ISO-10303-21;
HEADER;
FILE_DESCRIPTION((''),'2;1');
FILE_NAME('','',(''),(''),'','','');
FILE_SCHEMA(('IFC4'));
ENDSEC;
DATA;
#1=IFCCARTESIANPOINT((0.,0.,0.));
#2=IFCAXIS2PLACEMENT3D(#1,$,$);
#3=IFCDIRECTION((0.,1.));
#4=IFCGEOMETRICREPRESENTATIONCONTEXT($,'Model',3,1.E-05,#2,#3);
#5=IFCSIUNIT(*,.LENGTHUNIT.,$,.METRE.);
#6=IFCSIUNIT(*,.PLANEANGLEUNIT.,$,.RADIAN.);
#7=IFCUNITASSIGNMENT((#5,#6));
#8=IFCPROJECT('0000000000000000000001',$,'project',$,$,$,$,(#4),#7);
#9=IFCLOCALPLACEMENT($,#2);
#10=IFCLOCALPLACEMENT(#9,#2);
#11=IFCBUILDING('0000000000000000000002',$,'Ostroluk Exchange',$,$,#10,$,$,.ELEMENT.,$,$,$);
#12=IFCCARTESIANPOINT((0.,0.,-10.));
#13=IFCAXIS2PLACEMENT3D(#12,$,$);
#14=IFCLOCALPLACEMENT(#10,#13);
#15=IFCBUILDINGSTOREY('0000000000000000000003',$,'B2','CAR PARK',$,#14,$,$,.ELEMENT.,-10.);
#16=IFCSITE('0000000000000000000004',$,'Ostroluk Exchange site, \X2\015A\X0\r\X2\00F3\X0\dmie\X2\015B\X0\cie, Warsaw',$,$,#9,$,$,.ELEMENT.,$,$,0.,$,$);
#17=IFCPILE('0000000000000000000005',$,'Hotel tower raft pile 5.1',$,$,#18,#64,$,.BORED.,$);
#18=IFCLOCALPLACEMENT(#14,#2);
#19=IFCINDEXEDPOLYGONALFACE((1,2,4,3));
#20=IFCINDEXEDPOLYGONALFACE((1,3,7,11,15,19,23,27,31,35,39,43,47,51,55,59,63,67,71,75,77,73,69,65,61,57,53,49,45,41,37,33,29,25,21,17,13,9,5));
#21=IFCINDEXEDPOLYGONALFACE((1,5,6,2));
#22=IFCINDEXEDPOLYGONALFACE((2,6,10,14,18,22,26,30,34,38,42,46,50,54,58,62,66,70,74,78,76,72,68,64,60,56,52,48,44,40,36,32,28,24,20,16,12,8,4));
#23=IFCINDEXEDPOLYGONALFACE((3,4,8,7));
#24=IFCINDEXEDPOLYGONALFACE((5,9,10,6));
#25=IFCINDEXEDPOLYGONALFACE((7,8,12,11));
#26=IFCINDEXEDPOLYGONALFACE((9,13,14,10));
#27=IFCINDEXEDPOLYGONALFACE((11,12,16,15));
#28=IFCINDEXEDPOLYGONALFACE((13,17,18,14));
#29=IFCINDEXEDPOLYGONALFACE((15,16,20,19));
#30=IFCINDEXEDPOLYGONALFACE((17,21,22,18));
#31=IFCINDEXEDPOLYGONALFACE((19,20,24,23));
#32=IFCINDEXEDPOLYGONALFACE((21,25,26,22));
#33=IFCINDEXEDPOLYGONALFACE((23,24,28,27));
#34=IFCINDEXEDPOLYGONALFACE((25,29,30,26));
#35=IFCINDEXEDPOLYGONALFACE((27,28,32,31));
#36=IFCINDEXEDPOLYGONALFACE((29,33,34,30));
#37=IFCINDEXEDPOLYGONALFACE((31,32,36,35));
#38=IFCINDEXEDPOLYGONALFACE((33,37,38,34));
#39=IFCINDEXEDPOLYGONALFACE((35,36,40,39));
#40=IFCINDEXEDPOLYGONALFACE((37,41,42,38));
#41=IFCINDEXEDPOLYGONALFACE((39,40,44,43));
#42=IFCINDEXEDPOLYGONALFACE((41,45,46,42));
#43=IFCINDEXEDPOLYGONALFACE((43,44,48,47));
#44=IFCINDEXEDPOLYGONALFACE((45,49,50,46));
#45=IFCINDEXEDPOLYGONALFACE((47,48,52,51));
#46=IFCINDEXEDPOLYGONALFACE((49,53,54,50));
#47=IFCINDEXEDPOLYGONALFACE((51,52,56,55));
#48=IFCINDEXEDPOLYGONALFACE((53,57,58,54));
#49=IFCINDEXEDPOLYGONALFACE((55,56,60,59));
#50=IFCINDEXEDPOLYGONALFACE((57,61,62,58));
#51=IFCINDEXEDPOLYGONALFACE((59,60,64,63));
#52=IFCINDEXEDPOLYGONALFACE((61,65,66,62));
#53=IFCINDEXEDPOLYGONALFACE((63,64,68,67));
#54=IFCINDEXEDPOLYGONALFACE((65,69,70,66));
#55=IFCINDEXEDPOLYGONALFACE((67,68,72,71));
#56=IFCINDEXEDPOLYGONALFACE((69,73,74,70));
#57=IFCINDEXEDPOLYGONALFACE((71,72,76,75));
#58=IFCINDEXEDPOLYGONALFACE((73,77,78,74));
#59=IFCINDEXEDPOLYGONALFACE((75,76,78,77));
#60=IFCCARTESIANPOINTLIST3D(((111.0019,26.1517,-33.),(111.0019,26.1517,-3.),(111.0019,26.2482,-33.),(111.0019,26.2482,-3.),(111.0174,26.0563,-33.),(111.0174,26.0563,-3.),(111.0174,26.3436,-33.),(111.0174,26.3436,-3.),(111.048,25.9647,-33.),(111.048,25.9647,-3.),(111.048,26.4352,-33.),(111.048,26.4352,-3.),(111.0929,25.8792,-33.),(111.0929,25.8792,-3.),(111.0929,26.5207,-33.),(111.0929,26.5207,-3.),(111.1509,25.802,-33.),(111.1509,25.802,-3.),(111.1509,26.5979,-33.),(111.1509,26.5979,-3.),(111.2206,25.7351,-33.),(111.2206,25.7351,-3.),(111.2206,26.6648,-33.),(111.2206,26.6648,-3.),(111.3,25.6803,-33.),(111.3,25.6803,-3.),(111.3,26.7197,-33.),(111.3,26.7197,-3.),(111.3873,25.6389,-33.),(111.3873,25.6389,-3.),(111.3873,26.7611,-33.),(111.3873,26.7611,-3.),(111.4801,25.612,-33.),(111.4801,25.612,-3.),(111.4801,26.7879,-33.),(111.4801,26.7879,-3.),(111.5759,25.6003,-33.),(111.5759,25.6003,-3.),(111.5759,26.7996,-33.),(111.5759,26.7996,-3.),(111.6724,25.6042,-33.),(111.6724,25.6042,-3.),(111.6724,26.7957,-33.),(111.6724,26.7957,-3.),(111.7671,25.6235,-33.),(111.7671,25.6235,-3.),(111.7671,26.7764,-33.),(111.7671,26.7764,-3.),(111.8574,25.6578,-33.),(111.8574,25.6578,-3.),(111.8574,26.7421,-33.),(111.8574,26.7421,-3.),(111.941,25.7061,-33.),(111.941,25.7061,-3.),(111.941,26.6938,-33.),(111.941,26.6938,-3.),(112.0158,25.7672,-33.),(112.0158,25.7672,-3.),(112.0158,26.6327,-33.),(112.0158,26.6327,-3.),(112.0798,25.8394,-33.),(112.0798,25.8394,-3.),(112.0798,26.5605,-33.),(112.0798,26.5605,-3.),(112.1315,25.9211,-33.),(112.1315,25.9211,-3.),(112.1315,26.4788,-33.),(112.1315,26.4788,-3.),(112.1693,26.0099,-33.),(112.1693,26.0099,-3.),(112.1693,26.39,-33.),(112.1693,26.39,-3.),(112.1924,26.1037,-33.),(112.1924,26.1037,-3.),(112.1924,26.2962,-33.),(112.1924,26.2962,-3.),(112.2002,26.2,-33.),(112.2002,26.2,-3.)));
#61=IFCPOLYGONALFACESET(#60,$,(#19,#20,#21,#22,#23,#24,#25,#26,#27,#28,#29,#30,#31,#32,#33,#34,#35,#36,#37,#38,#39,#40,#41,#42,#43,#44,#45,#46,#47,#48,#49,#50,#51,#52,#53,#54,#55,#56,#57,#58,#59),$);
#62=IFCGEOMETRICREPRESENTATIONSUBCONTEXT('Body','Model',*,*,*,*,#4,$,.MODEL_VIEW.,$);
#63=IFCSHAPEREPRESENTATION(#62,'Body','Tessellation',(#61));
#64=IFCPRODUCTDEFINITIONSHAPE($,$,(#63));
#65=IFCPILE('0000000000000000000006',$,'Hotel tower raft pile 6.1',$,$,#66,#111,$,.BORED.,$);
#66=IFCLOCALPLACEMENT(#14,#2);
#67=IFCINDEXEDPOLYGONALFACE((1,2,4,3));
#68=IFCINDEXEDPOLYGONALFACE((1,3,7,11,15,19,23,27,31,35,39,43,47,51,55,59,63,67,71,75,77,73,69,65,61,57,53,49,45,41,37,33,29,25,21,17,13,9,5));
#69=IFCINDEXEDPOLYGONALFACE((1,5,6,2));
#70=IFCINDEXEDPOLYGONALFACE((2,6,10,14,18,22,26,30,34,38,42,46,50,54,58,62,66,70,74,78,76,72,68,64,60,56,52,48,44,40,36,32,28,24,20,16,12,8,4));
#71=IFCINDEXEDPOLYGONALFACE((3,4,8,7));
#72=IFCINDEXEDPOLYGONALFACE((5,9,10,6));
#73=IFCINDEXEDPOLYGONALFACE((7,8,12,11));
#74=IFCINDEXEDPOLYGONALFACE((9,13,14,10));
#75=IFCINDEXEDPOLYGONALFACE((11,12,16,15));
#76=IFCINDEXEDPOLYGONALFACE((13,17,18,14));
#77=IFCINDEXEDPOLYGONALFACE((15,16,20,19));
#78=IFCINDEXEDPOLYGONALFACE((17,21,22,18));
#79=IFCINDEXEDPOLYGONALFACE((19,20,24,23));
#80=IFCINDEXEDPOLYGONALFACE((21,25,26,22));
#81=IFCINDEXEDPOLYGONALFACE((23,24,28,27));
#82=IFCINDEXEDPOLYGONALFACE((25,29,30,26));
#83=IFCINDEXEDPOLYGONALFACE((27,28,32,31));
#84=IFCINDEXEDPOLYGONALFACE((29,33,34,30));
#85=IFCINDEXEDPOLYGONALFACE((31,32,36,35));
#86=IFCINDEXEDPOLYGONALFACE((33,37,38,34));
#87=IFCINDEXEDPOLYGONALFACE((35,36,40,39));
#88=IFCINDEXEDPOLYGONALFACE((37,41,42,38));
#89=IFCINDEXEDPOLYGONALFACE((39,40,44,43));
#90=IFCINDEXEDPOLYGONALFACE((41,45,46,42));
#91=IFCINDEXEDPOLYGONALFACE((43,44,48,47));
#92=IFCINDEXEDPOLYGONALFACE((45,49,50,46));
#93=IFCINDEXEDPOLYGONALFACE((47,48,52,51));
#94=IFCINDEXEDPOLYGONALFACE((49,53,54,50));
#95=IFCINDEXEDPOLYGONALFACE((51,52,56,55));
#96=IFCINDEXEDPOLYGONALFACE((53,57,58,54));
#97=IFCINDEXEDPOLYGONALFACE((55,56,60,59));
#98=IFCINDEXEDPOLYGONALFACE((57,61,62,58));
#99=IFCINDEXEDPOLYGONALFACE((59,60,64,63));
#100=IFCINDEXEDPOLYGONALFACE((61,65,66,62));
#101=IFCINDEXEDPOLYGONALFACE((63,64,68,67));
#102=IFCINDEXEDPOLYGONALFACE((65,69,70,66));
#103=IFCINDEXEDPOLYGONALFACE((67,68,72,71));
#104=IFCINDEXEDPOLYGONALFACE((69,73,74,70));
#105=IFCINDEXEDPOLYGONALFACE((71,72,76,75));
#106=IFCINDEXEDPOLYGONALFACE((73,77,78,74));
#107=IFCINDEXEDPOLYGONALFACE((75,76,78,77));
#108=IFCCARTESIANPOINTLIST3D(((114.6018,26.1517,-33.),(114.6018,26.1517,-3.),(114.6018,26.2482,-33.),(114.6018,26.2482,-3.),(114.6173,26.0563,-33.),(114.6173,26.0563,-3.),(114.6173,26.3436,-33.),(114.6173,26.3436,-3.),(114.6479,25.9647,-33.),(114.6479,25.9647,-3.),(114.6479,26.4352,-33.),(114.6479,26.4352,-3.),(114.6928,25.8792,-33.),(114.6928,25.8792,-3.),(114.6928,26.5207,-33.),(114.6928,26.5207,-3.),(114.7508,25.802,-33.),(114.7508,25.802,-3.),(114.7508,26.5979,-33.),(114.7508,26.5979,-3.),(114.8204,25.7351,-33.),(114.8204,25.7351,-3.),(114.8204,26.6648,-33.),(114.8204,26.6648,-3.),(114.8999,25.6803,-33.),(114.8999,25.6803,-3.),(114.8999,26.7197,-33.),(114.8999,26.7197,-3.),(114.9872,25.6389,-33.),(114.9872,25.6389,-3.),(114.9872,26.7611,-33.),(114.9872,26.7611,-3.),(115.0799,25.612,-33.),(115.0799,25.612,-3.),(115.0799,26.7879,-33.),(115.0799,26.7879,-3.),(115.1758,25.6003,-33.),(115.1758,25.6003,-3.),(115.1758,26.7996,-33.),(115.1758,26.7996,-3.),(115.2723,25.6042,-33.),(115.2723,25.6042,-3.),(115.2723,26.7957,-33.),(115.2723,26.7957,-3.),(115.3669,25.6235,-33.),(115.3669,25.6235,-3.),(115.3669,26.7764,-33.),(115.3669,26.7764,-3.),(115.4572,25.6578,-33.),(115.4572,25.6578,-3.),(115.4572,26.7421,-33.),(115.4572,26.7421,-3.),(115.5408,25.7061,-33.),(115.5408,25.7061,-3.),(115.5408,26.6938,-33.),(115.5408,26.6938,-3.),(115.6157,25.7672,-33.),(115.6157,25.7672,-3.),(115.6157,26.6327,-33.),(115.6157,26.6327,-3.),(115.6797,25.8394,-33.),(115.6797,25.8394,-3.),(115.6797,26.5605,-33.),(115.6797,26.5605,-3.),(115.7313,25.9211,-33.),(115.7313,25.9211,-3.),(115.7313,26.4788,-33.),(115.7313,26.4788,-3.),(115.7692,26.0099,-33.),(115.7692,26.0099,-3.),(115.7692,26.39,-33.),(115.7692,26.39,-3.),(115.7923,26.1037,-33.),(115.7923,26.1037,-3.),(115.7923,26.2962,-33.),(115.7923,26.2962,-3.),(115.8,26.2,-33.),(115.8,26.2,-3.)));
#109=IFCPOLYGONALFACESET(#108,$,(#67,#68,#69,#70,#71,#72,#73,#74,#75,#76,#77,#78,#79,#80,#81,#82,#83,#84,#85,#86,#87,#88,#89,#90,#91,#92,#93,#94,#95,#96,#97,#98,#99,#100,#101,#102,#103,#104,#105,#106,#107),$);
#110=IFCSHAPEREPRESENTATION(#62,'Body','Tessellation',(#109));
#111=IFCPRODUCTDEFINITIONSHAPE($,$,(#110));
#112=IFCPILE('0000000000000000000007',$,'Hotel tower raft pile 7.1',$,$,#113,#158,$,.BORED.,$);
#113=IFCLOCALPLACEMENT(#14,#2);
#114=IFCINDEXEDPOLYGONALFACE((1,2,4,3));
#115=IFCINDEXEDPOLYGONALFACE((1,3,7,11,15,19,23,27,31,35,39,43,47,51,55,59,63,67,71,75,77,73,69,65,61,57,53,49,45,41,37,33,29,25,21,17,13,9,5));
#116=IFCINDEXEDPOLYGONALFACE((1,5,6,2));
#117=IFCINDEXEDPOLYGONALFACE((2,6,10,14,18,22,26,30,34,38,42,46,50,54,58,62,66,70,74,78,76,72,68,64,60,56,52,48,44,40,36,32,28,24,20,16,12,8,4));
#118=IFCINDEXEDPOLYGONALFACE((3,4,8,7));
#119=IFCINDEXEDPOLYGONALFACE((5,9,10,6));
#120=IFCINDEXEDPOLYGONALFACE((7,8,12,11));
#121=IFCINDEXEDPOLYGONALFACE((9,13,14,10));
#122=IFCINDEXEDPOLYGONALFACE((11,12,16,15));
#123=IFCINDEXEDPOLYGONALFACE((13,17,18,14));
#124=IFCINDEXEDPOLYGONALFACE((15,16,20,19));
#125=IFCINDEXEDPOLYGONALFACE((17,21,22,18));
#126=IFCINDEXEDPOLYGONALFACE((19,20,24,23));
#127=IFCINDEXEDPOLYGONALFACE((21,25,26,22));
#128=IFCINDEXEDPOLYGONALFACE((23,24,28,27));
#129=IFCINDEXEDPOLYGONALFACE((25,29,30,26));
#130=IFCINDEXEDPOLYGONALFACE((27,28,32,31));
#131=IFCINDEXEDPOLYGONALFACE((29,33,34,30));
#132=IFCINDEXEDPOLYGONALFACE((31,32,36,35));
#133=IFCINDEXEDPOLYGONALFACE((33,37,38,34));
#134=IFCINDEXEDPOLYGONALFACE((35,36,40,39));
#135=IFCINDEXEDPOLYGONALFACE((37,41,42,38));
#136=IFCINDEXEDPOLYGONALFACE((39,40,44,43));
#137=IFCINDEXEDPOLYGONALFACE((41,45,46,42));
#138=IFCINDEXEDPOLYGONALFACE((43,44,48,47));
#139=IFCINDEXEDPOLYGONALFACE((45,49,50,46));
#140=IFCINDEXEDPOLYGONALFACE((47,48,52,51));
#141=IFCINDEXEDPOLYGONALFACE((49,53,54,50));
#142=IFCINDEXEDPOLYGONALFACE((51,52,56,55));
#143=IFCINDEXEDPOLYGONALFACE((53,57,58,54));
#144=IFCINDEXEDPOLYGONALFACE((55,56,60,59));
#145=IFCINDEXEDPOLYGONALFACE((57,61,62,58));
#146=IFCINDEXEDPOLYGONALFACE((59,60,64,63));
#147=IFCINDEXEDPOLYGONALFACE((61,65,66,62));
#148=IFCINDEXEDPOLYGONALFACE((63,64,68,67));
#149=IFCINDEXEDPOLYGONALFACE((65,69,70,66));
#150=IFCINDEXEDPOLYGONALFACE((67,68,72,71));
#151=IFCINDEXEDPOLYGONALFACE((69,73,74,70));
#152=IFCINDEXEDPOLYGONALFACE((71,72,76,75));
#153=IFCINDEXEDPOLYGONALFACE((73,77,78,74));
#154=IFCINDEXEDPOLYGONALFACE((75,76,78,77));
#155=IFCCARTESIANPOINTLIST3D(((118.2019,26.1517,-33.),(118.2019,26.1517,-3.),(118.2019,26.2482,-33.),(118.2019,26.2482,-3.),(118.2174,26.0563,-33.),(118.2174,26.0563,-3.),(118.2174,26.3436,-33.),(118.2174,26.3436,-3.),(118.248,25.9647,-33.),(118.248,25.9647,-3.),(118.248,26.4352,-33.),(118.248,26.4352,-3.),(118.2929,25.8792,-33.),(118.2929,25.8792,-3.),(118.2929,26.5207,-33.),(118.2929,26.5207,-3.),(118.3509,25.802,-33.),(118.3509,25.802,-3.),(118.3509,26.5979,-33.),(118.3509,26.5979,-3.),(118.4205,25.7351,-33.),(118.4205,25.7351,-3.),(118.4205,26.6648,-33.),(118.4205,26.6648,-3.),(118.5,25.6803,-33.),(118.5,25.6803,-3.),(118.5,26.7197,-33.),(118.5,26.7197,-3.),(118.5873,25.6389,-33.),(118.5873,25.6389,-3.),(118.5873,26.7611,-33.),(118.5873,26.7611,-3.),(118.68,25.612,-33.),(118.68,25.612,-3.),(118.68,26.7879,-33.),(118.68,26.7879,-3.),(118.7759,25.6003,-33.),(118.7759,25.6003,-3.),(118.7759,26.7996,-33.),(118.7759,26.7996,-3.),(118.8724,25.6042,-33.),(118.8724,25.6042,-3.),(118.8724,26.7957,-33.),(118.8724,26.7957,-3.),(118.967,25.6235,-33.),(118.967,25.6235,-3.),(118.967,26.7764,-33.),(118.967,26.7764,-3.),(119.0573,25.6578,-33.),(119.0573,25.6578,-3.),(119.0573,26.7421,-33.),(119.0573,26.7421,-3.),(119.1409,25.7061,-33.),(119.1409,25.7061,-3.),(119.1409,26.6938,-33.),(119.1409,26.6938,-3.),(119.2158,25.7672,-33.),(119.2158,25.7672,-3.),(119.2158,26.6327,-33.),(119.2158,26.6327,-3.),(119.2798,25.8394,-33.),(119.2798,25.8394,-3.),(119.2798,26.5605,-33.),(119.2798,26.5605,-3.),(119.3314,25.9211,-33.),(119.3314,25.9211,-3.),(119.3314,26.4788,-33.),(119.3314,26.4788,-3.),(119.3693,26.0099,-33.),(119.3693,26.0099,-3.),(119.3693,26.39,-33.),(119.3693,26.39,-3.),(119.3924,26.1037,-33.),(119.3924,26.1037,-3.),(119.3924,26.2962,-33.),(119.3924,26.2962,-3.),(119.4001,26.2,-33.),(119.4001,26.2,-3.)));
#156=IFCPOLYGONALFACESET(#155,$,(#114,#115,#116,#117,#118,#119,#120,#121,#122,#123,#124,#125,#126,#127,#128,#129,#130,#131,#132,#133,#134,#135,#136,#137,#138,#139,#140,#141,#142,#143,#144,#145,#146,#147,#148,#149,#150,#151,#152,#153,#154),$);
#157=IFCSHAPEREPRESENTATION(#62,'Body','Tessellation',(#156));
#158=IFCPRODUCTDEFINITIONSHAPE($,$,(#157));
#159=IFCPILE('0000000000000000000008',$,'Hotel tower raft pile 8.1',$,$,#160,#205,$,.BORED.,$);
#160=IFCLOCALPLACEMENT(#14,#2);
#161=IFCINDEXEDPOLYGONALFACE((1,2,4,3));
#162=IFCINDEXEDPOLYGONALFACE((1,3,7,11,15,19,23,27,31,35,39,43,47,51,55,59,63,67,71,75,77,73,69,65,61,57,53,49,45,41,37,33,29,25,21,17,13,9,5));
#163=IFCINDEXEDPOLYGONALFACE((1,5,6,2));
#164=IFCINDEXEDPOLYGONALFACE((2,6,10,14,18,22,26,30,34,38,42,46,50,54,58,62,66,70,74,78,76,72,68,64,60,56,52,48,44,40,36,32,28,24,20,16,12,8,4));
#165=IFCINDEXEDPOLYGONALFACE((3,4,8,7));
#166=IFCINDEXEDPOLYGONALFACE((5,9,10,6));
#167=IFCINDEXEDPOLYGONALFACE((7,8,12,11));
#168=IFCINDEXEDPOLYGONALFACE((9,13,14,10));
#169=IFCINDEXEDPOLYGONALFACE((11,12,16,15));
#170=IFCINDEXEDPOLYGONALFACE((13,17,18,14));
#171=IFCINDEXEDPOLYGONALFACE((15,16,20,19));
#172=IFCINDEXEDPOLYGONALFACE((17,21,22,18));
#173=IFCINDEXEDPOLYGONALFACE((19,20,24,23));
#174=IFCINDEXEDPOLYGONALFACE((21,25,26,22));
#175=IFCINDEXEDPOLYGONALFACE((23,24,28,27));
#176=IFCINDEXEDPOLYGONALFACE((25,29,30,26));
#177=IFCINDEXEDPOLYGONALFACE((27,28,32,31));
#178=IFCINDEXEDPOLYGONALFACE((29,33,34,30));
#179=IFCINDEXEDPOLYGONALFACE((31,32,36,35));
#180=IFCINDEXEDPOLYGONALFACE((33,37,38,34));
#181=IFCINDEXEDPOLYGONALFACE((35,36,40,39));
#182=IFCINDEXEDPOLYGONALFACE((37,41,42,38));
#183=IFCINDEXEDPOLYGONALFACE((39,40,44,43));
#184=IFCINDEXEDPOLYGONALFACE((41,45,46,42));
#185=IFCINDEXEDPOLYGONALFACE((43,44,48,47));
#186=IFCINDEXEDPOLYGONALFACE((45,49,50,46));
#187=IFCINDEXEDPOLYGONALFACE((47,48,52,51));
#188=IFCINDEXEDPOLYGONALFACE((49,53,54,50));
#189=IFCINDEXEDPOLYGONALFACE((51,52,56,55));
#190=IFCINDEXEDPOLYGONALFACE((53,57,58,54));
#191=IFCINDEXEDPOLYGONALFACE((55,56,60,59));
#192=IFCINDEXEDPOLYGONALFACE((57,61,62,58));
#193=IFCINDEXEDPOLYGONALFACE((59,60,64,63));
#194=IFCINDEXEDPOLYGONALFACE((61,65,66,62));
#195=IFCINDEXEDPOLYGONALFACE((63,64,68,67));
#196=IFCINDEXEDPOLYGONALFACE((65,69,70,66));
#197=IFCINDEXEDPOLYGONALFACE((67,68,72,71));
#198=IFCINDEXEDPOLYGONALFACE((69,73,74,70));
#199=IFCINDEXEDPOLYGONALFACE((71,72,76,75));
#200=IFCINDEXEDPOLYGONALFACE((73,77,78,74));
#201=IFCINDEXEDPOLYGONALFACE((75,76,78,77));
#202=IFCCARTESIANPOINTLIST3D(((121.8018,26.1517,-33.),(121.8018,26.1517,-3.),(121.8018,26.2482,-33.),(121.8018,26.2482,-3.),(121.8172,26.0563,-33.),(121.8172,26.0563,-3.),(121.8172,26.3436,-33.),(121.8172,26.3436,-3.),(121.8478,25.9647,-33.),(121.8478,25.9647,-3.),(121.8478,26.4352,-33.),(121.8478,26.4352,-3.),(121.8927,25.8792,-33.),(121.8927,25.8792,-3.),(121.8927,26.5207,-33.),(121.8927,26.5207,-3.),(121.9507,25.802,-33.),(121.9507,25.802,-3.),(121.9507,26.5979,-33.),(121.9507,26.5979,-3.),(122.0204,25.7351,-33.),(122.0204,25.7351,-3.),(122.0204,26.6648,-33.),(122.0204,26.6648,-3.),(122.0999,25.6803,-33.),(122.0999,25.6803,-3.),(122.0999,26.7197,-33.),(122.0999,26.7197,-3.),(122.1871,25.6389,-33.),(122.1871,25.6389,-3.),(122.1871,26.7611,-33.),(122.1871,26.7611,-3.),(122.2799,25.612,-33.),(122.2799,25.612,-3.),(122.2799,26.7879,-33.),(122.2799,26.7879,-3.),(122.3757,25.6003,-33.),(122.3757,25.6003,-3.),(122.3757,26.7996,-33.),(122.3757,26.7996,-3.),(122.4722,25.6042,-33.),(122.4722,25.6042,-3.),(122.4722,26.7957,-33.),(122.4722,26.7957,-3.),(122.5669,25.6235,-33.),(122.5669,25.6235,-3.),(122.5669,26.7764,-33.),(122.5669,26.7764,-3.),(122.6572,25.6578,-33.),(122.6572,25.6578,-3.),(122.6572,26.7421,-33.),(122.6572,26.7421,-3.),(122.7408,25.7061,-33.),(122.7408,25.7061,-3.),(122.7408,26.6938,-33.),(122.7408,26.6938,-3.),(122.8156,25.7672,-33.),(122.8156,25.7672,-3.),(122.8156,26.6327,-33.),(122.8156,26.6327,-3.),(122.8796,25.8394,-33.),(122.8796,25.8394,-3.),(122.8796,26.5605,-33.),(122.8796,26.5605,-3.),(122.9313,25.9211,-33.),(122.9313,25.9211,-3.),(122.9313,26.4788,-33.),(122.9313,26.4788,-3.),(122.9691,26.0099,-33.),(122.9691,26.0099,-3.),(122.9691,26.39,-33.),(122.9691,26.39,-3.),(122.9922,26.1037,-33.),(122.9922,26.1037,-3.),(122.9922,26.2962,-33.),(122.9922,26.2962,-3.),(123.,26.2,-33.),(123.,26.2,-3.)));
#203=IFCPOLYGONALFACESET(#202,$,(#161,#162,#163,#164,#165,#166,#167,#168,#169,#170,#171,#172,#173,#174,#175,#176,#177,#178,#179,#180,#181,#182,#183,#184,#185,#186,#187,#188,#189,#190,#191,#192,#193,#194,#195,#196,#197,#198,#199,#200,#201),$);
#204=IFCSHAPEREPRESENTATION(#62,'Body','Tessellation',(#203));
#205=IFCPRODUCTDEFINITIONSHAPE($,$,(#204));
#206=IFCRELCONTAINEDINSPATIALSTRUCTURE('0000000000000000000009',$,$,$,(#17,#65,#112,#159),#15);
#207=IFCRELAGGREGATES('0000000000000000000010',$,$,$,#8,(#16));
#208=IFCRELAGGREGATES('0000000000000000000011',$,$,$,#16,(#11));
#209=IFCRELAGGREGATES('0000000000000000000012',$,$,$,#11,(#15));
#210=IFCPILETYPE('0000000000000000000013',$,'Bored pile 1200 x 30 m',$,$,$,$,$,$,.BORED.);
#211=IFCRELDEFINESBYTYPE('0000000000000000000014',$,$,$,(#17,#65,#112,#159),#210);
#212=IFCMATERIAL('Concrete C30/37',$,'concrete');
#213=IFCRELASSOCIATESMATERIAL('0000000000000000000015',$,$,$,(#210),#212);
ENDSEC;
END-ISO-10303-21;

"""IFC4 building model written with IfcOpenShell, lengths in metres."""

from ifc_helpers import new_model, si_unit, direction, frame, origin, origin_2d, place, context, subcontext, project, spatial, circle, extrude, material, type_object, element, save


model = new_model("IFC4")

# Units and contexts
model_context = context("Model", 3, precision=1e-05, world=origin(), true_north=direction((0.0, 1.0)))
body_context = subcontext(model_context, "Body", "Model", "MODEL_VIEW")
ifc_project = project(units=[si_unit("LENGTHUNIT", "METRE"), si_unit("PLANEANGLEUNIT", "RADIAN")], contexts=[model_context])

# Site, building, storey
site_placement = place(None, origin())
site = spatial("IfcSite", under=ifc_project, at=site_placement, Name="Ostroluk Exchange site, Śródmieście, Warsaw", CompositionType="ELEMENT", RefElevation=0.0)
building_placement = place(site_placement, origin())
building = spatial("IfcBuilding", under=site, at=building_placement, Name="Ostroluk Exchange", CompositionType="ELEMENT")
storey_placement = place(building_placement, frame((0.0, 0.0, -10.0)))
storey = spatial("IfcBuildingStorey", under=building, at=storey_placement, Name="B2", Description="CAR PARK", CompositionType="ELEMENT", Elevation=-10.0)

# Piles
ifc_material_1 = material(Name="Concrete C30/37", Category="concrete")
pile_type_1 = type_object("IfcPileType", Name="Bored pile 1200 x 30 m", PredefinedType="BORED", material=ifc_material_1)
for number, where, z_axis, x_axis, name in (
    (1, (111.6001, 26.2, -3.0), (0.0, 0.0, -1.0), (1.0, 0.0, 0.0), "Hotel tower raft pile 5.1"),
    (2, (115.2, 26.2, -3.0), (0.0, 0.0, -1.0), (1.0, 0.0, 0.0), "Hotel tower raft pile 6.1"),
    (3, (118.8, 26.2, -3.0), (0.0, 0.0, -1.0), (1.0, 0.0, 0.0), "Hotel tower raft pile 7.1"),
    (4, (122.3999, 26.2, -3.0), (0.0, 0.0, -1.0), (1.0, 0.0, 0.0), "Hotel tower raft pile 8.1"),
):
    element("IfcPile", number, at=place(storey_placement, frame(where, z_axis=z_axis, x_axis=x_axis)), inside=storey, type_object=pile_type_1, Name=name, PredefinedType="BORED", context=body_context, shape_type="SweptSolid", body=[
        extrude(circle(Radius=0.6001, at=origin_2d()), origin(), (0.0, 0.0, 1.0), 30.0),
    ])

save(model, "model.ifc")
